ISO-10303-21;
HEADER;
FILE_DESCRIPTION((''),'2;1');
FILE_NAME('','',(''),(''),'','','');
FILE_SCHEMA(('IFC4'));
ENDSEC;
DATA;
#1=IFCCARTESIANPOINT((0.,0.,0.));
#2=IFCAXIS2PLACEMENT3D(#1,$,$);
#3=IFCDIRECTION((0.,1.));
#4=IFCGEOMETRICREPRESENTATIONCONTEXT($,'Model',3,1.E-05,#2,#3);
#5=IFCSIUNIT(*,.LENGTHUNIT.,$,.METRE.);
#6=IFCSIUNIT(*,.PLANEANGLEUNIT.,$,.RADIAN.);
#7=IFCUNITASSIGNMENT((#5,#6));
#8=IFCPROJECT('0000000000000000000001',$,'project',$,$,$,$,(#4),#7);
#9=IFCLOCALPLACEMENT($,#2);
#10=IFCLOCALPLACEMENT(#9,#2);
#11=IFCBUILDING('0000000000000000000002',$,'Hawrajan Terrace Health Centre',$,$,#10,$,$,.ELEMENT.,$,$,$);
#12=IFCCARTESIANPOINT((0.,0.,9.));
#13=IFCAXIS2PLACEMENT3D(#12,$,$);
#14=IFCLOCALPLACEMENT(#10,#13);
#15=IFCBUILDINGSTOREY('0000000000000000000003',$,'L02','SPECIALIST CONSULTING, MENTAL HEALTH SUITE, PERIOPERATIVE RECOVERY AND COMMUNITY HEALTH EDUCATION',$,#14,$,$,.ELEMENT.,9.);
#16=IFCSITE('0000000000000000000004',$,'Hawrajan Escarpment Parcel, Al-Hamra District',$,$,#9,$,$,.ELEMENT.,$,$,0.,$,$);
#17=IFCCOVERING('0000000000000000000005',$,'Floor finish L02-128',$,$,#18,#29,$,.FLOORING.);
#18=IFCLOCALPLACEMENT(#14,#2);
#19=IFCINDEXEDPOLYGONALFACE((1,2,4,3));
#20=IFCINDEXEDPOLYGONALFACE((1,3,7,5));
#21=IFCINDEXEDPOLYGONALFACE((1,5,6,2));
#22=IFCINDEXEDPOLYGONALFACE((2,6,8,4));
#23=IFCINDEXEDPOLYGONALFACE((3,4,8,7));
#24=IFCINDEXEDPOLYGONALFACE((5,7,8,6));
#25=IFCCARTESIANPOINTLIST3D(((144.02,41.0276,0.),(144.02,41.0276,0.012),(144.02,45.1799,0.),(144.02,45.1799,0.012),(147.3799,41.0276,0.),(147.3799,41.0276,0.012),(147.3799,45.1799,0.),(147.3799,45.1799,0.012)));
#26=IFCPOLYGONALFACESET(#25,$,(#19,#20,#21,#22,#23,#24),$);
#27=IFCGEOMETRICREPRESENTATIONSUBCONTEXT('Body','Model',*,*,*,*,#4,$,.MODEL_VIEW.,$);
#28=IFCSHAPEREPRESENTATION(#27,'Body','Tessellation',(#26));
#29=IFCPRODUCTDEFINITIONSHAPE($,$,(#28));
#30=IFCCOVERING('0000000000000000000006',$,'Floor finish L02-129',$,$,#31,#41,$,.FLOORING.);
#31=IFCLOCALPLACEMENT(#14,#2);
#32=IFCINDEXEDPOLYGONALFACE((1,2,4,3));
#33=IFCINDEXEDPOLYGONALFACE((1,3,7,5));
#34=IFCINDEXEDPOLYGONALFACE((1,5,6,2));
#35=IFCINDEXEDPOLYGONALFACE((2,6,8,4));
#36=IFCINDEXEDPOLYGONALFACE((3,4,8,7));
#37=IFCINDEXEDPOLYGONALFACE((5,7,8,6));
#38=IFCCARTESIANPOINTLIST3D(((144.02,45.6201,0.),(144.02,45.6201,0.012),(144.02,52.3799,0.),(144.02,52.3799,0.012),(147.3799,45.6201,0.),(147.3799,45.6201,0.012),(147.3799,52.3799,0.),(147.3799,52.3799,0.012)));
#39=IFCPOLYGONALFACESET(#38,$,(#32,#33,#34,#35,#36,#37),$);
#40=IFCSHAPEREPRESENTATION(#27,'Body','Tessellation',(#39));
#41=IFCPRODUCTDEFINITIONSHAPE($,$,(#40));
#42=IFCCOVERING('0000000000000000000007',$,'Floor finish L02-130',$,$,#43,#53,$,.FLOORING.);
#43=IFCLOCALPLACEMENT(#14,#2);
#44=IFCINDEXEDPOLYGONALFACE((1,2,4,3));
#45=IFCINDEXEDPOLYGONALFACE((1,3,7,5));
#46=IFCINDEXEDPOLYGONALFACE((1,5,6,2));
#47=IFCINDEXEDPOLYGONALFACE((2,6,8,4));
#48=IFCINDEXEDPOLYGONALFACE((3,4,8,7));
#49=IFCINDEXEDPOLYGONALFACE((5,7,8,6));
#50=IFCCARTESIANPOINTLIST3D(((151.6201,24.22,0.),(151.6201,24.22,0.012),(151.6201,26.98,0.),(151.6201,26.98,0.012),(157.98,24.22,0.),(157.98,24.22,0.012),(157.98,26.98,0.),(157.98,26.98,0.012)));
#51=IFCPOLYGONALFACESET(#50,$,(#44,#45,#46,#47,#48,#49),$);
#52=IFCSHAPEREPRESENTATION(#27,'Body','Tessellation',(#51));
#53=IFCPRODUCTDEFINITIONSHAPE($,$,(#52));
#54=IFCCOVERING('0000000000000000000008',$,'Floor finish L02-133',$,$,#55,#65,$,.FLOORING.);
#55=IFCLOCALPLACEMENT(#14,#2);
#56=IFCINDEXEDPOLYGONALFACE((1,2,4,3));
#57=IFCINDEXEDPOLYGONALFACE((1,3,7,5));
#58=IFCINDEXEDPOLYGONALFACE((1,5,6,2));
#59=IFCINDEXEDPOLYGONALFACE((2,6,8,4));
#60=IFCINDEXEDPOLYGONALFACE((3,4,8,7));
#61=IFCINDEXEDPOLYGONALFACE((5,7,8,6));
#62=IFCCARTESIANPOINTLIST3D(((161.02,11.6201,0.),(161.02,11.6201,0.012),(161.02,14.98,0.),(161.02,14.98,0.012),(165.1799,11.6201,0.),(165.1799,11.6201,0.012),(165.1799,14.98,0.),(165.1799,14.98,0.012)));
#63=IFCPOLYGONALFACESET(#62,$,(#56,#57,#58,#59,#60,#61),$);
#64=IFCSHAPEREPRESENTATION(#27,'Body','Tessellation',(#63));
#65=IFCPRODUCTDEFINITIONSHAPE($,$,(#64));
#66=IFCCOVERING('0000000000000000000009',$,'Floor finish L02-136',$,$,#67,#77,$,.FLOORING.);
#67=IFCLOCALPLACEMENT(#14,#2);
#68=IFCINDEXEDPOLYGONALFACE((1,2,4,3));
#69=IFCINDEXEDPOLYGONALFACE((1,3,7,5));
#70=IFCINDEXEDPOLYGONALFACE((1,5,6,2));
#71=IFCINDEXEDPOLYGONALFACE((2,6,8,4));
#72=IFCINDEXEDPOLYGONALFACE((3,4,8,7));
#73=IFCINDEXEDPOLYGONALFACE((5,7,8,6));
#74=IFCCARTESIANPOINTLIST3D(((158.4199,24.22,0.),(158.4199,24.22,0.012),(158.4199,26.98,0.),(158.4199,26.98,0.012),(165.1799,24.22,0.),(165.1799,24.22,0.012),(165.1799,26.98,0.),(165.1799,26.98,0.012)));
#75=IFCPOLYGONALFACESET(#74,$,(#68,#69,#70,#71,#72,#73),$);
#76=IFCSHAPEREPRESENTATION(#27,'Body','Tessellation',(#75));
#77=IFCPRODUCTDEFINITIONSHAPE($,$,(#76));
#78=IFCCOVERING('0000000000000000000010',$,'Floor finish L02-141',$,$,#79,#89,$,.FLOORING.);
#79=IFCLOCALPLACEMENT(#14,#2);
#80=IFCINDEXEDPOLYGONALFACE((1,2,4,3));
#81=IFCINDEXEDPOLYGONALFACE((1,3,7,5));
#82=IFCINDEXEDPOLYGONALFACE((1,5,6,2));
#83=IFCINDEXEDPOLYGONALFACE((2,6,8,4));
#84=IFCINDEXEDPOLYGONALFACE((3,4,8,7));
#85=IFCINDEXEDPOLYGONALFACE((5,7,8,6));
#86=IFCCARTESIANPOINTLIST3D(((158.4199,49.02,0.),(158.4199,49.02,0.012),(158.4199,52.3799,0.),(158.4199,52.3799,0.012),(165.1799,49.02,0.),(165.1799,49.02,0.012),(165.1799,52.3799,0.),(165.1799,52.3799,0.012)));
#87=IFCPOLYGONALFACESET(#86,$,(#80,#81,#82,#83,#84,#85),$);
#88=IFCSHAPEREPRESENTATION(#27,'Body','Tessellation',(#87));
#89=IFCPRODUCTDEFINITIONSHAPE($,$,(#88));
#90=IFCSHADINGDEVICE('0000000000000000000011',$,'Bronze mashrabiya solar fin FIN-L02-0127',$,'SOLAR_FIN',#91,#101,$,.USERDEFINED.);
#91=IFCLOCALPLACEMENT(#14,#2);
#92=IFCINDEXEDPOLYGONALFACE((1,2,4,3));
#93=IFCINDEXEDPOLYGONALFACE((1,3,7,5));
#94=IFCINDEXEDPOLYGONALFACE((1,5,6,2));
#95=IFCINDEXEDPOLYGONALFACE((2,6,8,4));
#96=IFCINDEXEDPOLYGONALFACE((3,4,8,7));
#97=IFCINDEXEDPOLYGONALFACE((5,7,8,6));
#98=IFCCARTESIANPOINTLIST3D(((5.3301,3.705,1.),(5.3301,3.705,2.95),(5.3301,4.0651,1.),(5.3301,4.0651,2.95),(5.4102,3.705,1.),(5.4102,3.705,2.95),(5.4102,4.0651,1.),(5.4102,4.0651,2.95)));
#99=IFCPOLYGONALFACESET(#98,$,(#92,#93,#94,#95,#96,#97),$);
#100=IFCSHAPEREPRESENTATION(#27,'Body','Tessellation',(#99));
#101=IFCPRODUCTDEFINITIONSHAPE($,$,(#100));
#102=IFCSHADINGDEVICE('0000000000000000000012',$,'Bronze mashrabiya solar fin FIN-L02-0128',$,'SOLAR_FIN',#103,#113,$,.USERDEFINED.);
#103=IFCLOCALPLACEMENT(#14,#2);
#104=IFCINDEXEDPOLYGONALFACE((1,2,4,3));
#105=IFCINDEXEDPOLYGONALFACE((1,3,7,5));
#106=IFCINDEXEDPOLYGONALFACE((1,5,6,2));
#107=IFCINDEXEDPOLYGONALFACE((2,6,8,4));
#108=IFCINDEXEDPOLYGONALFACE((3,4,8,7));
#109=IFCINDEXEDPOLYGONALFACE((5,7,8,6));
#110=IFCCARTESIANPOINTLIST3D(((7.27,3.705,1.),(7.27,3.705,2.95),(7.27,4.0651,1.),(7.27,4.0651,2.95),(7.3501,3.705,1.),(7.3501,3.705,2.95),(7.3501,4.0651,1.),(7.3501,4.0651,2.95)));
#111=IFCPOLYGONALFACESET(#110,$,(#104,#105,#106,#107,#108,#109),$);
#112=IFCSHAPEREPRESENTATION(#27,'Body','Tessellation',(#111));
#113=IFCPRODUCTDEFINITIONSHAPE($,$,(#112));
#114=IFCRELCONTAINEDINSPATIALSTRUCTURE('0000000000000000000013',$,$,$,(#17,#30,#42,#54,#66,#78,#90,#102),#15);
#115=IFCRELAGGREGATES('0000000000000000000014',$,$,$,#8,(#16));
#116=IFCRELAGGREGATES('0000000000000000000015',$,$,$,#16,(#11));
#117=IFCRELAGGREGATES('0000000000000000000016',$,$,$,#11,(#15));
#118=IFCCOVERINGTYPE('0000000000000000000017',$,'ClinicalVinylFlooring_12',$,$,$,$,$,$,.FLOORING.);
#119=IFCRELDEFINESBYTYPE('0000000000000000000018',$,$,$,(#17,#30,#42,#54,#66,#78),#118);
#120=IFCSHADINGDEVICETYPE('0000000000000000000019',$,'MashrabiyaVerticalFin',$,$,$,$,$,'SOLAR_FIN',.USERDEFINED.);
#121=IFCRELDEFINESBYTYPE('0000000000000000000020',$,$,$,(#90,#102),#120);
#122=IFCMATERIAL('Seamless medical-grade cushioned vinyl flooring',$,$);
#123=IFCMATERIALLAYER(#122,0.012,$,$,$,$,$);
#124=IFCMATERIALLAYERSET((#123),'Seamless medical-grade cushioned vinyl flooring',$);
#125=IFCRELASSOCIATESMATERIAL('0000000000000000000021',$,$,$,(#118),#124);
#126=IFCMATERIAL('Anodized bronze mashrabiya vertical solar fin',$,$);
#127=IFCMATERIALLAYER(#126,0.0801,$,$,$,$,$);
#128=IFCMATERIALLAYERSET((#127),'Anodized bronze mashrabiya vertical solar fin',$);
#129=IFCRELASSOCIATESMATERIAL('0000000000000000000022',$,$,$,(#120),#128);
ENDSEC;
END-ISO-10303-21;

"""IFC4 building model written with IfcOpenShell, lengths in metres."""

from ifc_helpers import new_model, si_unit, direction, frame, origin, origin_2d, place, context, subcontext, project, spatial, polyline, rectangle, outline, extrude, material, layer, layer_set, type_object, element, save


model = new_model("IFC4")

# Units and contexts
model_context = context("Model", 3, precision=1e-05, world=origin(), true_north=direction((0.0, 1.0)))
body_context = subcontext(model_context, "Body", "Model", "MODEL_VIEW")
ifc_project = project(units=[si_unit("LENGTHUNIT", "METRE"), si_unit("PLANEANGLEUNIT", "RADIAN")], contexts=[model_context])

# Site, building, storey
site_placement = place(None, origin())
site = spatial("IfcSite", under=ifc_project, at=site_placement, Name="Hawrajan Escarpment Parcel, Al-Hamra District", CompositionType="ELEMENT", RefElevation=0.0)
building_placement = place(site_placement, origin())
building = spatial("IfcBuilding", under=site, at=building_placement, Name="Hawrajan Terrace Health Centre", CompositionType="ELEMENT")
storey_placement = place(building_placement, frame((0.0, 0.0, 9.0)))
storey = spatial("IfcBuildingStorey", under=building, at=storey_placement, Name="L02", Description="SPECIALIST CONSULTING, MENTAL HEALTH SUITE, PERIOPERATIVE RECOVERY AND COMMUNITY HEALTH EDUCATION", CompositionType="ELEMENT", Elevation=9.0)

# Coverings
ifc_material_1 = material(Name="Seamless medical-grade cushioned vinyl flooring")
ifc_layer_1 = layer(ifc_material_1, 0.012)
ifc_layer_set_1 = layer_set([ifc_layer_1], Name="Seamless medical-grade cushioned vinyl flooring")
covering_type_1 = type_object("IfcCoveringType", Name="ClinicalVinylFlooring_12", PredefinedType="FLOORING", material=ifc_layer_set_1)
covering_1_placement = place(storey_placement, origin())
element("IfcCovering", 1, at=covering_1_placement, inside=storey, type_object=covering_type_1, Name="Floor finish L02-128", PredefinedType="FLOORING", context=body_context, shape_type="SweptSolid", body=[
    extrude(outline(polyline([(144.02, 45.1799), (147.3799, 45.1799), (147.3799, 41.0276), (144.02, 41.0276), (144.02, 45.1799)])), origin(), (0.0, 0.0, 1.0), 0.012),
])
covering_2_placement = place(storey_placement, origin())
element("IfcCovering", 2, at=covering_2_placement, inside=storey, type_object=covering_type_1, Name="Floor finish L02-129", PredefinedType="FLOORING", context=body_context, shape_type="SweptSolid", body=[
    extrude(outline(polyline([(144.02, 52.3799), (147.3799, 52.3799), (147.3799, 45.6201), (144.02, 45.6201), (144.02, 52.3799)])), origin(), (0.0, 0.0, 1.0), 0.012),
])
covering_3_placement = place(storey_placement, origin())
element("IfcCovering", 3, at=covering_3_placement, inside=storey, type_object=covering_type_1, Name="Floor finish L02-130", PredefinedType="FLOORING", context=body_context, shape_type="SweptSolid", body=[
    extrude(outline(polyline([(151.6201, 26.98), (157.98, 26.98), (157.98, 24.22), (151.6201, 24.22), (151.6201, 26.98)])), origin(), (0.0, 0.0, 1.0), 0.012),
])
covering_4_placement = place(storey_placement, origin())
element("IfcCovering", 4, at=covering_4_placement, inside=storey, type_object=covering_type_1, Name="Floor finish L02-133", PredefinedType="FLOORING", context=body_context, shape_type="SweptSolid", body=[
    extrude(outline(polyline([(161.02, 14.98), (165.1799, 14.98), (165.1799, 11.6201), (161.02, 11.6201), (161.02, 14.98)])), origin(), (0.0, 0.0, 1.0), 0.012),
])
covering_5_placement = place(storey_placement, origin())
element("IfcCovering", 5, at=covering_5_placement, inside=storey, type_object=covering_type_1, Name="Floor finish L02-136", PredefinedType="FLOORING", context=body_context, shape_type="SweptSolid", body=[
    extrude(outline(polyline([(158.4199, 26.98), (165.1799, 26.98), (165.1799, 24.22), (158.4199, 24.22), (158.4199, 26.98)])), origin(), (0.0, 0.0, 1.0), 0.012),
])
covering_6_placement = place(storey_placement, origin())
element("IfcCovering", 6, at=covering_6_placement, inside=storey, type_object=covering_type_1, Name="Floor finish L02-141", PredefinedType="FLOORING", context=body_context, shape_type="SweptSolid", body=[
    extrude(outline(polyline([(158.4199, 52.3799), (165.1799, 52.3799), (165.1799, 49.02), (158.4199, 49.02), (158.4199, 52.3799)])), origin(), (0.0, 0.0, 1.0), 0.012),
])

# Shading devices
ifc_material_2 = material(Name="Anodized bronze mashrabiya vertical solar fin")
ifc_layer_2 = layer(ifc_material_2, 0.0801)
ifc_layer_set_2 = layer_set([ifc_layer_2], Name="Anodized bronze mashrabiya vertical solar fin")
shading_device_type = type_object("IfcShadingDeviceType", Name="MashrabiyaVerticalFin", ElementType="SOLAR_FIN", PredefinedType="USERDEFINED", material=ifc_layer_set_2)
for number, where, z_axis, x_axis, name in (
    (7, (5.3701, 3.885, 1.0), (0.0, 0.0, 1.0), (1.0, 0.0, 0.0), "Bronze mashrabiya solar fin FIN-L02-0127"),
    (8, (7.3101, 3.885, 1.0), (0.0, 0.0, 1.0), (1.0, 0.0, 0.0), "Bronze mashrabiya solar fin FIN-L02-0128"),
):
    element("IfcShadingDevice", number, at=place(storey_placement, frame(where, z_axis=z_axis, x_axis=x_axis)), inside=storey, type_object=shading_device_type, Name=name, ObjectType="SOLAR_FIN", PredefinedType="USERDEFINED", context=body_context, shape_type="SweptSolid", body=[
        extrude(rectangle(XDim=0.0801, YDim=0.3601, at=origin_2d()), origin(), (0.0, 0.0, 1.0), 1.95),
    ])

save(model, "model.ifc")
